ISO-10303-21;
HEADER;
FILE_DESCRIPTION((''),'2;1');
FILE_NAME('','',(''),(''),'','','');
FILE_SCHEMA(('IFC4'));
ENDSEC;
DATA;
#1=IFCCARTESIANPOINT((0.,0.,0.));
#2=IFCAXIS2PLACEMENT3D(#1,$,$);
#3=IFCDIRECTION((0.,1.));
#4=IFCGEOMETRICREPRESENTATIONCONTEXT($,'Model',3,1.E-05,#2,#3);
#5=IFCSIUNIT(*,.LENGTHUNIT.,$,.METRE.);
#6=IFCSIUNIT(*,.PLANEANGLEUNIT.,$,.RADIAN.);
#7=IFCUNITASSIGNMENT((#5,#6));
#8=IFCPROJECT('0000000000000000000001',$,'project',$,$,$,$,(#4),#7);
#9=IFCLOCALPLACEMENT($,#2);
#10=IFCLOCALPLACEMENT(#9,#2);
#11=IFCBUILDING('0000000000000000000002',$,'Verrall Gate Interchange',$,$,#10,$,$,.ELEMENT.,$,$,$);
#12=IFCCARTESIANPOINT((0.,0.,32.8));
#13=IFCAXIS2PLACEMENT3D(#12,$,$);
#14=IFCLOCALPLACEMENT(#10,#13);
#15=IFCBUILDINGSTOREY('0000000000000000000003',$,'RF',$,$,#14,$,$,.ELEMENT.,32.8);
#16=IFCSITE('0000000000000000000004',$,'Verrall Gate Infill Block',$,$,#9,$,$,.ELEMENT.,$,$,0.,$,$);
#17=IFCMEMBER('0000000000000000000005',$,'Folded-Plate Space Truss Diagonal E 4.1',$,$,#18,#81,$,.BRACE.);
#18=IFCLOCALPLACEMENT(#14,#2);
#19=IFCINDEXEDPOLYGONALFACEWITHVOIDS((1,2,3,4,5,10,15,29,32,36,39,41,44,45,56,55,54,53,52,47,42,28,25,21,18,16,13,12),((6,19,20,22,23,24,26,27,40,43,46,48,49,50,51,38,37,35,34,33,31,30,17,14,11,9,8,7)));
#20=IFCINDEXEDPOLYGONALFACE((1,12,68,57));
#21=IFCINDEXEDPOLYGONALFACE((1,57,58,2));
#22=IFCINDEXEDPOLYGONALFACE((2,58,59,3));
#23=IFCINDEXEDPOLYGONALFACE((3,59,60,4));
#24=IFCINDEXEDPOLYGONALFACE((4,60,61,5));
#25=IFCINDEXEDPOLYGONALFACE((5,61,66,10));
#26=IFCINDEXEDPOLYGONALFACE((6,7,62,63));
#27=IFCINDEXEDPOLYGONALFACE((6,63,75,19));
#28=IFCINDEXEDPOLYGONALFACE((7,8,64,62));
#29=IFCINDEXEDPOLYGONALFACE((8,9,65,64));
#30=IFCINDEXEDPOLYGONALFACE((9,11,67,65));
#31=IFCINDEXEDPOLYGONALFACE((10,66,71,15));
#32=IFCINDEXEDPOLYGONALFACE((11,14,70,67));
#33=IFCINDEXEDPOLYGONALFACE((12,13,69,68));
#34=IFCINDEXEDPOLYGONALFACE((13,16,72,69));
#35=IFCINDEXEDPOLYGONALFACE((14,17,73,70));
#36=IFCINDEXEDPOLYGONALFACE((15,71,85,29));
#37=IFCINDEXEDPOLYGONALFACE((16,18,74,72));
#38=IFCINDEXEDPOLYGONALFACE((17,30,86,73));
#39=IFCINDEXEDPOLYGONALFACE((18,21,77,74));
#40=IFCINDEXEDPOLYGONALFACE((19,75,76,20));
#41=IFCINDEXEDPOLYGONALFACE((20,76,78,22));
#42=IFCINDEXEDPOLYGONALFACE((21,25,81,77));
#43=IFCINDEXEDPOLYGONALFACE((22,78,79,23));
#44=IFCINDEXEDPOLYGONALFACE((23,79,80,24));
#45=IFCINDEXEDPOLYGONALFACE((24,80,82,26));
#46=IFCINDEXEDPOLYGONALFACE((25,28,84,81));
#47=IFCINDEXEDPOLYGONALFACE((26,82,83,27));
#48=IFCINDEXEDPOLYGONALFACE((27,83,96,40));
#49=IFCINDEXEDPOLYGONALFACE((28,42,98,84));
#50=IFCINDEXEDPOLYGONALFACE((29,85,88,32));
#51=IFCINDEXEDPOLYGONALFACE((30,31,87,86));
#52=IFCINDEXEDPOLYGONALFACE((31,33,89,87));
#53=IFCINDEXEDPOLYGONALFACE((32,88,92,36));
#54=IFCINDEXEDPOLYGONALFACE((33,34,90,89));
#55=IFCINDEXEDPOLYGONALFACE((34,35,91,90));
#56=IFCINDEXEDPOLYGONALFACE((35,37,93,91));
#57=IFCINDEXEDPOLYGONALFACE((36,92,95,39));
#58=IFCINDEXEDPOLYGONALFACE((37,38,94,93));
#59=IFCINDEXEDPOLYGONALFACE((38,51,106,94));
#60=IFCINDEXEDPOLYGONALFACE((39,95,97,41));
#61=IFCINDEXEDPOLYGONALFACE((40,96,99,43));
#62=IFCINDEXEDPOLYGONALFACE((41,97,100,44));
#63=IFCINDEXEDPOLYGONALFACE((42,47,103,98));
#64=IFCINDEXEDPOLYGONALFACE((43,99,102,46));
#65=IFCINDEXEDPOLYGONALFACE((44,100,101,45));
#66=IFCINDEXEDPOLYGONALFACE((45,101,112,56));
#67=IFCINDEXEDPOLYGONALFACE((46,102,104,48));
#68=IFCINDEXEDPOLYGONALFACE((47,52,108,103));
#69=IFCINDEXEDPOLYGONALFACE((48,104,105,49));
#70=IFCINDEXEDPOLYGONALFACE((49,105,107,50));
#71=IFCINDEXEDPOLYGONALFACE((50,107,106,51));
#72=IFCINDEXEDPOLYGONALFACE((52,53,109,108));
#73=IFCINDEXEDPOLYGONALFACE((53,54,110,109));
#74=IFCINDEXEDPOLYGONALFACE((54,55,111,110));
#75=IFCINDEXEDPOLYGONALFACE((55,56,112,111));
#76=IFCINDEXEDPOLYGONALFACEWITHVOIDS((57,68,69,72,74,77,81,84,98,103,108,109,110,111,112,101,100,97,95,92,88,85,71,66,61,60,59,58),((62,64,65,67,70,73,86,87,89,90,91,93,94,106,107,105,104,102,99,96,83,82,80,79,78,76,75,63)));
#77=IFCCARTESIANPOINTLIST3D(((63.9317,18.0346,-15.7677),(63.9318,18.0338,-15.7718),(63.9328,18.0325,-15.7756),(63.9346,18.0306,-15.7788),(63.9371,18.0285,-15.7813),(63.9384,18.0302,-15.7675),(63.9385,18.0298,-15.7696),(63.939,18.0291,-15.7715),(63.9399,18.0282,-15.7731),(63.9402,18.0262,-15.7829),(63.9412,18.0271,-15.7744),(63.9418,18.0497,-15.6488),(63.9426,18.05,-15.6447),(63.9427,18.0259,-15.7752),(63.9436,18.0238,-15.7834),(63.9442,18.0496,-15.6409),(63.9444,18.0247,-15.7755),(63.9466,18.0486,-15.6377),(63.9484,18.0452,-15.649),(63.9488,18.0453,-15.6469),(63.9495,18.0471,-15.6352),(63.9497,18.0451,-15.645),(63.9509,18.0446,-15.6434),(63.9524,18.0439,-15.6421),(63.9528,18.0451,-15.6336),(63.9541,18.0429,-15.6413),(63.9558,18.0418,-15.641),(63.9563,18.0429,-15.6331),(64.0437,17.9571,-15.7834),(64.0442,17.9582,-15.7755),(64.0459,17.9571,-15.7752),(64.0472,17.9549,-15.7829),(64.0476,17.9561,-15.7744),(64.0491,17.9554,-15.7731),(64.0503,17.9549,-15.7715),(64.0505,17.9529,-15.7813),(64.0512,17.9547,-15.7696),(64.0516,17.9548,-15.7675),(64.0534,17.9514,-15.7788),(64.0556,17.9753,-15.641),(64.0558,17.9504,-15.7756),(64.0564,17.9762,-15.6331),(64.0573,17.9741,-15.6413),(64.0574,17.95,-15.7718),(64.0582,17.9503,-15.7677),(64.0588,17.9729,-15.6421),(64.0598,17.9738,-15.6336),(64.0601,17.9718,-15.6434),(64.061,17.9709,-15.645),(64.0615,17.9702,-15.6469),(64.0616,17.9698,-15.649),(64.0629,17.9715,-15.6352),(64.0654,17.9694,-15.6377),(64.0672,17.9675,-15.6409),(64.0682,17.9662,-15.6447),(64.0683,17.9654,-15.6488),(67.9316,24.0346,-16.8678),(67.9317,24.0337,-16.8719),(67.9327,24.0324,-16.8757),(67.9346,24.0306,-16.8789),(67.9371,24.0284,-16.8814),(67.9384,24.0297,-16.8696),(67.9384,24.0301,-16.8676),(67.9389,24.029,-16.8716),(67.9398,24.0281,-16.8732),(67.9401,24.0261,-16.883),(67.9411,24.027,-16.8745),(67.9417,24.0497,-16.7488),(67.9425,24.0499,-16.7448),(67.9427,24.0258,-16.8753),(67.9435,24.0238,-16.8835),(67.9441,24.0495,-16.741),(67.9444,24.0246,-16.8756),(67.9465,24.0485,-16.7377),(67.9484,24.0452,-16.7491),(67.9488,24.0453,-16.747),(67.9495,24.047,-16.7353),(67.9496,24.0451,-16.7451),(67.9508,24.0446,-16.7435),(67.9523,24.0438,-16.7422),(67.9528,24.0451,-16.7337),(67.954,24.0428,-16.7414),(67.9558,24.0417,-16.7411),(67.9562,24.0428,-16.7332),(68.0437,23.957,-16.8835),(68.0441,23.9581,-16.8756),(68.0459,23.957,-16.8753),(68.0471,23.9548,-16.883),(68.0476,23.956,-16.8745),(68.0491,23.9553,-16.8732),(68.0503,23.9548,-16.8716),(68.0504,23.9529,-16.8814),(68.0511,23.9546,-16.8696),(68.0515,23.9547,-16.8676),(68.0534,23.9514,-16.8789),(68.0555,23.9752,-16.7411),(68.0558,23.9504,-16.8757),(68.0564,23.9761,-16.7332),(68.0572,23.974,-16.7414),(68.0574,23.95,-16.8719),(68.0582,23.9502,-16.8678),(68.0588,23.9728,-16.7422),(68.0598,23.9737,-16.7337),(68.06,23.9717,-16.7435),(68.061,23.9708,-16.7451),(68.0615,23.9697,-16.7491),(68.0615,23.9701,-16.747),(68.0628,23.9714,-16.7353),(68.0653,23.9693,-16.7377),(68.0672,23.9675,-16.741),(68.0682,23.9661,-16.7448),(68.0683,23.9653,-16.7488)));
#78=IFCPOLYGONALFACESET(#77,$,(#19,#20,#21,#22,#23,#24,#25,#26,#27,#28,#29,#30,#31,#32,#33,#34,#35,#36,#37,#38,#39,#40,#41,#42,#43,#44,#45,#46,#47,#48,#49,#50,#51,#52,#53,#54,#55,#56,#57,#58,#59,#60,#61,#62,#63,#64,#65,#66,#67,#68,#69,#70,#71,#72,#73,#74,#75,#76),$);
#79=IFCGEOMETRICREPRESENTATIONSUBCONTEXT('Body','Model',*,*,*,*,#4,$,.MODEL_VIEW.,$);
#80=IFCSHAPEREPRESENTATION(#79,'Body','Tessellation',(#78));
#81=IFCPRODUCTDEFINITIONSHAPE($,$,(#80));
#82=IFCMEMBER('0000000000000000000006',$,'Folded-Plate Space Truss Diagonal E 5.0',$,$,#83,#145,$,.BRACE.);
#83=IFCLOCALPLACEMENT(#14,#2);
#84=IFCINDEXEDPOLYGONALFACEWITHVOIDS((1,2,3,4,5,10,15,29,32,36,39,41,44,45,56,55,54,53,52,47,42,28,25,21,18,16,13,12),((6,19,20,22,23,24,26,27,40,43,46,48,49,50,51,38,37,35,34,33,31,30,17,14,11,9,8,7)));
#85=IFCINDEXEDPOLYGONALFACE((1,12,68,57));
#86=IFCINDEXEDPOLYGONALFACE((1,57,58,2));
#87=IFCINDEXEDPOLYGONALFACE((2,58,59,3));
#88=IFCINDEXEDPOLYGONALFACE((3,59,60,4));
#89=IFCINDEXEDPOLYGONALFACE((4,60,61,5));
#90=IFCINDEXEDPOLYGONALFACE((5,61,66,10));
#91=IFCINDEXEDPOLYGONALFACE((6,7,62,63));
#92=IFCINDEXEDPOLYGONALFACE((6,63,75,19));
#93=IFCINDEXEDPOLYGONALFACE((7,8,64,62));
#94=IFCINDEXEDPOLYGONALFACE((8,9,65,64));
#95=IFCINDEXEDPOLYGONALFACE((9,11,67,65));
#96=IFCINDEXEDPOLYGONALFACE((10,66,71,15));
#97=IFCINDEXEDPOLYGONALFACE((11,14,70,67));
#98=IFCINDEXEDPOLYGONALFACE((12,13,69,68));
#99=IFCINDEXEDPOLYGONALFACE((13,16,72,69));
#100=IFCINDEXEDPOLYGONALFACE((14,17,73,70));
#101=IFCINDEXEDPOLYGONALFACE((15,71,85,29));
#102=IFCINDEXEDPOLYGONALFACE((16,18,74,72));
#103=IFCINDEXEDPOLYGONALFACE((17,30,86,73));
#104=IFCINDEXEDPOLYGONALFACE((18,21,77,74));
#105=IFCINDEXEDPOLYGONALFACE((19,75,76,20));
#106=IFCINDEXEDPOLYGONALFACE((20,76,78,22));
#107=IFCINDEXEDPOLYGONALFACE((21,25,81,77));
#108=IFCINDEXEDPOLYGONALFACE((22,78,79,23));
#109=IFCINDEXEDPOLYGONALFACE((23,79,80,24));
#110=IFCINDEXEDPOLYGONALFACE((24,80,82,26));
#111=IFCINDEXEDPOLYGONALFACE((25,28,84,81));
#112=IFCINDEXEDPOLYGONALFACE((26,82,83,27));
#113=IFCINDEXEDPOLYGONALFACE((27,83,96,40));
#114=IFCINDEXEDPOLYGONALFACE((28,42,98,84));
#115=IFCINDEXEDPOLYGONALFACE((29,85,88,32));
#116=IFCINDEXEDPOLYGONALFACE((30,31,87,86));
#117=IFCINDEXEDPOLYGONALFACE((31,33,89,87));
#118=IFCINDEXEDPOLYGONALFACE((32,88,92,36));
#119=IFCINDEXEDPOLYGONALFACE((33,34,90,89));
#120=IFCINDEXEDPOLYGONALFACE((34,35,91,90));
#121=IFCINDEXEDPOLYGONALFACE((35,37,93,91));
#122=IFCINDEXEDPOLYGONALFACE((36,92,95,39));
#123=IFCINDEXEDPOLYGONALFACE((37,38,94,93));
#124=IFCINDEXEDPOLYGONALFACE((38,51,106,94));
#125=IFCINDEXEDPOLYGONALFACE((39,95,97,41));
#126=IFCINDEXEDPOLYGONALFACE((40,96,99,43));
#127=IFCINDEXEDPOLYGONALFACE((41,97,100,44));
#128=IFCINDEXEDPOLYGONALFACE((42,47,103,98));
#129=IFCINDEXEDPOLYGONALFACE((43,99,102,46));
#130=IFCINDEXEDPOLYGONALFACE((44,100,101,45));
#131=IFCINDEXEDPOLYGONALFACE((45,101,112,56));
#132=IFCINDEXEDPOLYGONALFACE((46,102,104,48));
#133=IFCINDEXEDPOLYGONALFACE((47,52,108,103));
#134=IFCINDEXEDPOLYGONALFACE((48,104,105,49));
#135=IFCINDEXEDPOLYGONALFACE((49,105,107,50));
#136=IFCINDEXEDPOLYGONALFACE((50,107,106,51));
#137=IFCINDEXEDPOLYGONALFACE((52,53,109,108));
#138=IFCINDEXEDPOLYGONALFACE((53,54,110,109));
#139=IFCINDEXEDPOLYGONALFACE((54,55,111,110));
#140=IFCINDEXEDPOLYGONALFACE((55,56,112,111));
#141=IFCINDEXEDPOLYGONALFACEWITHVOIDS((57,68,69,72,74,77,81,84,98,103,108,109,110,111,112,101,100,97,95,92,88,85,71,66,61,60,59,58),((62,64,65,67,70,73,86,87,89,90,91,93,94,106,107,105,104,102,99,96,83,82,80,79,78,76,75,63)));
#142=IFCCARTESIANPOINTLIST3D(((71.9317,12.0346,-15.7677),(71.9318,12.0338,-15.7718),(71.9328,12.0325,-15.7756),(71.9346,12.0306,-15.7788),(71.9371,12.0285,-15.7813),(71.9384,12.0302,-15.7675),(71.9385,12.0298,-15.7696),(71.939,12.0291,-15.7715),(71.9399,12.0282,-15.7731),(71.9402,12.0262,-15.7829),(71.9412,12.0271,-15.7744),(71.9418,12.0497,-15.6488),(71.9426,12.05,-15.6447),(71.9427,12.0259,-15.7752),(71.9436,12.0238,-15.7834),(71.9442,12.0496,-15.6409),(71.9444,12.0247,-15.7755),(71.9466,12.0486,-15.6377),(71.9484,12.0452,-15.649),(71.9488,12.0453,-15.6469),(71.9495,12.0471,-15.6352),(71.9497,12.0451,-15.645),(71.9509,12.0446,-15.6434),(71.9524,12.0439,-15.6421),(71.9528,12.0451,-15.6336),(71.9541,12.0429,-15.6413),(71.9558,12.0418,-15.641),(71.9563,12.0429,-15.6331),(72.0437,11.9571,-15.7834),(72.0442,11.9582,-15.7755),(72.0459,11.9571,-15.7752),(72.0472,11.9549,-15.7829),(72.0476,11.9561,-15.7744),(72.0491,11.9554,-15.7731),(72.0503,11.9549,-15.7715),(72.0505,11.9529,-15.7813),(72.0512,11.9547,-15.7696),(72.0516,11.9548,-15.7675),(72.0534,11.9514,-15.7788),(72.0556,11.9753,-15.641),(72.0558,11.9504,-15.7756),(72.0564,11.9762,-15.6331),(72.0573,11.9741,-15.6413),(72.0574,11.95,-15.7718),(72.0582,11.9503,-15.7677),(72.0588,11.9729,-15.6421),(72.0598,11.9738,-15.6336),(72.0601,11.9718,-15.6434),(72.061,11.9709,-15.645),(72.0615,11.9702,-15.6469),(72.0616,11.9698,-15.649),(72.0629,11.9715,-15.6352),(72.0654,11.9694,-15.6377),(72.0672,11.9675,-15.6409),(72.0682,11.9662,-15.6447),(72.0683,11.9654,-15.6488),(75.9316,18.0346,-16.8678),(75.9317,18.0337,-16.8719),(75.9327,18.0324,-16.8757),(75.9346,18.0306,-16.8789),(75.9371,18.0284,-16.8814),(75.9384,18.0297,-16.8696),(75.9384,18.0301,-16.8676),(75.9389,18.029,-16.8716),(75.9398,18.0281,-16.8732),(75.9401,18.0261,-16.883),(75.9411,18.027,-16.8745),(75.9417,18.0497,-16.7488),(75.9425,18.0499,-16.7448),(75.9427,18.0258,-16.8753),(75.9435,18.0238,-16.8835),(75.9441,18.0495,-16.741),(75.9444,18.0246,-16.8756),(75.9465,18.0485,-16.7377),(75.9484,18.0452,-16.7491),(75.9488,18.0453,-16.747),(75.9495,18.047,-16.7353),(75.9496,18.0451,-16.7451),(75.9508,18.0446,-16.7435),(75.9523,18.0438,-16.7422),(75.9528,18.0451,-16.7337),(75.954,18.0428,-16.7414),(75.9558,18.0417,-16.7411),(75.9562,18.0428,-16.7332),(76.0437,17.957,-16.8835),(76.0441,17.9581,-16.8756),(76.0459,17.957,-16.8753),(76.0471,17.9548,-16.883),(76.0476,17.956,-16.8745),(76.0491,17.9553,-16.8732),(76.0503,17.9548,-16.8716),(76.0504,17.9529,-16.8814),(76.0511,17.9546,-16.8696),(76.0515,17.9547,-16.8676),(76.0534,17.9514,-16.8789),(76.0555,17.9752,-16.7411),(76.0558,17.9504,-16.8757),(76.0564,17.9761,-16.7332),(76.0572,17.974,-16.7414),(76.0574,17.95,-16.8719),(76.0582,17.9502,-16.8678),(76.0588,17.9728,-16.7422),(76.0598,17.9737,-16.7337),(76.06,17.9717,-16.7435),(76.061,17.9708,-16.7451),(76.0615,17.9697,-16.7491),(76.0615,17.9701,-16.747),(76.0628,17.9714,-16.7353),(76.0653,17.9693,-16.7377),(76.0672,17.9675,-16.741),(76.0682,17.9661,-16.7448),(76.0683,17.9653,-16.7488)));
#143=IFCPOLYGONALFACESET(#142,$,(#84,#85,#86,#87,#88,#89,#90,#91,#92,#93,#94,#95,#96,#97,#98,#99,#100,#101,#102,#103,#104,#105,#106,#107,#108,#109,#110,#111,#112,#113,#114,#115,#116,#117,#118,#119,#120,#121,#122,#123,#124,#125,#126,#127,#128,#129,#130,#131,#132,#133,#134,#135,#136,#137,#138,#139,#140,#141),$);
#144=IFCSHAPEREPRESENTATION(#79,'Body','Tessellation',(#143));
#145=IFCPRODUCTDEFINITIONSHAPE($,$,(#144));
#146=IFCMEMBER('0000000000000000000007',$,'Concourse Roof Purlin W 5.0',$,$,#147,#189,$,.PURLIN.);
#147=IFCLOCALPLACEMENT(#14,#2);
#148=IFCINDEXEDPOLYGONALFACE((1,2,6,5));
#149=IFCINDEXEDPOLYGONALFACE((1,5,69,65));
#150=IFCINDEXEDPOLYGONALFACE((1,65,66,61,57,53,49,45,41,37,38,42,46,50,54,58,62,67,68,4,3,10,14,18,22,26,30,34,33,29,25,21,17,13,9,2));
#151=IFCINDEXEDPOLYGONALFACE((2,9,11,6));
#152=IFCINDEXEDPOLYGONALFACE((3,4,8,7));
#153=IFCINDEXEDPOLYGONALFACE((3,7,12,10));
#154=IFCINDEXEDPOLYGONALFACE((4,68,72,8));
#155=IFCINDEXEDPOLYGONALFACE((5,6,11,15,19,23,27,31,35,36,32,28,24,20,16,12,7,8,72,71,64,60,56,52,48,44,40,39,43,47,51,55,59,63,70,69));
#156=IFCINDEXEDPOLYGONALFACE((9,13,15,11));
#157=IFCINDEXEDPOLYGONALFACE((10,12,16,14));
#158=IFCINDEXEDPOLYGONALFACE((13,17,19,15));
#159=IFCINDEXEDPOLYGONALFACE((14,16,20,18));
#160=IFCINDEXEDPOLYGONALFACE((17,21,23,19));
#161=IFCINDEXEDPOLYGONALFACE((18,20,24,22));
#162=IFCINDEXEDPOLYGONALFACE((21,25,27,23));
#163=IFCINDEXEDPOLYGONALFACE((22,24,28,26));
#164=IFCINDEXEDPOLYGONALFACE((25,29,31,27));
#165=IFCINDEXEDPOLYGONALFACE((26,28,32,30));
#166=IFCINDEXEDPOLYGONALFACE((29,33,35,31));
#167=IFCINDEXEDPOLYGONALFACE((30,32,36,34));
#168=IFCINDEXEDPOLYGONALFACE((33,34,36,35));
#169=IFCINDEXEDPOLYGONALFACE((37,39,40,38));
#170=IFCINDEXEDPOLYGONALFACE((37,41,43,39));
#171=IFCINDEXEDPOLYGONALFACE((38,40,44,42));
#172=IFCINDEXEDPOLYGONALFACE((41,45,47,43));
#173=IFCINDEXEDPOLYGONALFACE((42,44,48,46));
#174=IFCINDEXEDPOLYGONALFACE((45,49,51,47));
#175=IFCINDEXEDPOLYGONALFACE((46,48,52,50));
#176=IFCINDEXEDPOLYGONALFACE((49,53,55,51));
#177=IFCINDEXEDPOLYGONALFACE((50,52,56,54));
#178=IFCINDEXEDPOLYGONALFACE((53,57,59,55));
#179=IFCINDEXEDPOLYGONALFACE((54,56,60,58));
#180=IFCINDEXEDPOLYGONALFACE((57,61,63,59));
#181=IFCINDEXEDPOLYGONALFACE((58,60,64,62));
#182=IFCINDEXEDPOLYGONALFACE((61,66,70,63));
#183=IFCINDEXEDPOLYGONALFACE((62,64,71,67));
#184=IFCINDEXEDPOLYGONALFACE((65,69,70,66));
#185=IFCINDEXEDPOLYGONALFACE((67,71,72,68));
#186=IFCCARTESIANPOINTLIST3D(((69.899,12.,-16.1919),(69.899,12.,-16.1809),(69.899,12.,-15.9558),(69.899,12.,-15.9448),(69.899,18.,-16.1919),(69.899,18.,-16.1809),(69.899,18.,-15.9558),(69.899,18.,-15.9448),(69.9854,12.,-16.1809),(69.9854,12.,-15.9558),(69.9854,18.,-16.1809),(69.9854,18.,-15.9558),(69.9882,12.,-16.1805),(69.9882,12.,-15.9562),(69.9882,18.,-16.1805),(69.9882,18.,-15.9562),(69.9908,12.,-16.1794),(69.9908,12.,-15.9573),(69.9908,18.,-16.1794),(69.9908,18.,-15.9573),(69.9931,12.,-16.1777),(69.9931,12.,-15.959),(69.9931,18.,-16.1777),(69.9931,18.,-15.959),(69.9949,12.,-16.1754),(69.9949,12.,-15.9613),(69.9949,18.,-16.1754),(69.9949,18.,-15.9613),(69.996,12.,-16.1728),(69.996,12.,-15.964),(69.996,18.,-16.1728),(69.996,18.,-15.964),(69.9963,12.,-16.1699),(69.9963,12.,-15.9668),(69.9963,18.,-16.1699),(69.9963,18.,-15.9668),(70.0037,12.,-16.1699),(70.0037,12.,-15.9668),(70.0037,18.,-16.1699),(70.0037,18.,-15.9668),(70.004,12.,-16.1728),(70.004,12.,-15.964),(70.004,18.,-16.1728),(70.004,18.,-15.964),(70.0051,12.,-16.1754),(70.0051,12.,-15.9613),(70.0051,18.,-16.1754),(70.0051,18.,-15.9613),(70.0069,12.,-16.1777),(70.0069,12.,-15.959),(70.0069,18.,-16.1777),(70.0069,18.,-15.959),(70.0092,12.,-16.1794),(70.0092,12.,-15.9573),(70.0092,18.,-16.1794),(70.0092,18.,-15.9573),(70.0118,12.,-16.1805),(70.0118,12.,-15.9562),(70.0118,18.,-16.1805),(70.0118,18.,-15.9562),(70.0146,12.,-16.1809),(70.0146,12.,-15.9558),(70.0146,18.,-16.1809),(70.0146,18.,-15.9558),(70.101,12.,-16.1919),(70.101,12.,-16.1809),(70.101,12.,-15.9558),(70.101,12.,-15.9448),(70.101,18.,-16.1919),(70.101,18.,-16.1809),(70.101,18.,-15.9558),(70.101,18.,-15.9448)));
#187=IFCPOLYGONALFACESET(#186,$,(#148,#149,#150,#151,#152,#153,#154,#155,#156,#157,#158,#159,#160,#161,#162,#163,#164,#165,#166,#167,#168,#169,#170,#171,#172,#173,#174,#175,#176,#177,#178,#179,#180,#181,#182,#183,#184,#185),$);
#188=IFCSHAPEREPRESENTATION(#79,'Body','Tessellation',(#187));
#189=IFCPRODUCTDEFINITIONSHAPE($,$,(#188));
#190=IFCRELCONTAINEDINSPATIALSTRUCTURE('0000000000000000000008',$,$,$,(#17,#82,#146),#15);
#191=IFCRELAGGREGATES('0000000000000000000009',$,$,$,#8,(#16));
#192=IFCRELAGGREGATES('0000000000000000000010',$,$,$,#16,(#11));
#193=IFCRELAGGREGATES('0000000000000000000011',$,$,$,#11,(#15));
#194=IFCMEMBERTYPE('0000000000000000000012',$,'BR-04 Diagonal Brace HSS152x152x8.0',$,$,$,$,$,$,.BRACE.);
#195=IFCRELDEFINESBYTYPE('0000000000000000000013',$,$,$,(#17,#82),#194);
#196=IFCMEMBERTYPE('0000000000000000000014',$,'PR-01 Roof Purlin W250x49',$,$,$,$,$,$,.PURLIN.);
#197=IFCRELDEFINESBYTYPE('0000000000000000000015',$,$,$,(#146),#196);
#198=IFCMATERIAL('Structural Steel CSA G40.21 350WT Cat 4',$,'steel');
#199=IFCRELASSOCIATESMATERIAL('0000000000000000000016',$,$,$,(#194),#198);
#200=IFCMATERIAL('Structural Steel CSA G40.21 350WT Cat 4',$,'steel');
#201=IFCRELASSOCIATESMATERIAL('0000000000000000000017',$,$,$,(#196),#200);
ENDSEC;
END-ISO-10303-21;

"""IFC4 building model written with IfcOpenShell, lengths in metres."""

from ifc_helpers import new_model, si_unit, direction, frame, origin, origin_2d, place, context, subcontext, project, spatial, hollow_rectangle, i_section, extrude, material, material_profile, profile_set, type_object, element, save


model = new_model("IFC4")

# Units and contexts
model_context = context("Model", 3, precision=1e-05, world=origin(), true_north=direction((0.0, 1.0)))
body_context = subcontext(model_context, "Body", "Model", "MODEL_VIEW")
ifc_project = project(units=[si_unit("LENGTHUNIT", "METRE"), si_unit("PLANEANGLEUNIT", "RADIAN")], contexts=[model_context])

# Site, building, storey
site_placement = place(None, origin())
site = spatial("IfcSite", under=ifc_project, at=site_placement, Name="Verrall Gate Infill Block", CompositionType="ELEMENT", RefElevation=0.0)
building_placement = place(site_placement, origin())
building = spatial("IfcBuilding", under=site, at=building_placement, Name="Verrall Gate Interchange", CompositionType="ELEMENT")
storey_placement = place(building_placement, frame((0.0, 0.0, 32.8)))
storey = spatial("IfcBuildingStorey", under=building, at=storey_placement, Name="RF", CompositionType="ELEMENT", Elevation=32.8)

# Members
ifc_material_1 = material(Name="Structural Steel CSA G40.21 350WT Cat 4", Category="steel")
ifc_material_profile_1 = material_profile(ifc_material_1, hollow_rectangle(XDim=0.1521, YDim=0.1521, WallThickness=0.0081, InnerFilletRadius=0.0081, OuterFilletRadius=0.0159, at=origin_2d()), Name="HSS152x152x8.0")
ifc_profile_set_1 = profile_set([ifc_material_profile_1], Name="Structural Steel CSA G40.21 350WT Cat 4")
member_type_1 = type_object("IfcMemberType", Name="BR-04 Diagonal Brace HSS152x152x8.0", PredefinedType="BRACE", material=ifc_profile_set_1)
for number, where, z_axis, x_axis, name in (
    (1, (64.0, 18.0, -15.7083), (0.548356, 0.822534, -0.150811), (-0.83205, 0.5547, 0.0), "Folded-Plate Space Truss Diagonal E 4.1"),
    (2, (72.0, 12.0, -15.7083), (0.548356, 0.822534, -0.150811), (-0.83205, 0.5547, 0.0), "Folded-Plate Space Truss Diagonal E 5.0"),
):
    element("IfcMember", number, at=place(storey_placement, frame(where, z_axis=z_axis, x_axis=x_axis)), inside=storey, type_object=member_type_1, Name=name, PredefinedType="BRACE", context=body_context, shape_type="SweptSolid", body=[
        extrude(hollow_rectangle(XDim=0.1521, YDim=0.1521, WallThickness=0.0081, InnerFilletRadius=0.0081, OuterFilletRadius=0.0159, at=origin_2d()), origin(), (0.0, 0.0, 1.0), 7.2944),
    ])
ifc_material_2 = material(Name="Structural Steel CSA G40.21 350WT Cat 4", Category="steel")
ifc_material_profile_2 = material_profile(ifc_material_2, i_section(OverallWidth=0.2019, OverallDepth=0.2471, WebThickness=0.0073, FlangeThickness=0.011, FilletRadius=0.011, at=origin_2d()), Name="W250x49")
ifc_profile_set_2 = profile_set([ifc_material_profile_2], Name="Structural Steel CSA G40.21 350WT Cat 4")
member_type_2 = type_object("IfcMemberType", Name="PR-01 Roof Purlin W250x49", PredefinedType="PURLIN", material=ifc_profile_set_2)
member_1_placement = place(storey_placement, frame((70.0, 12.0, -16.0684), z_axis=(0.0, 1.0, 0.0), x_axis=(-1.0, 0.0, 0.0)))
element("IfcMember", 3, at=member_1_placement, inside=storey, type_object=member_type_2, Name="Concourse Roof Purlin W 5.0", PredefinedType="PURLIN", context=body_context, shape_type="SweptSolid", body=[
    extrude(i_section(OverallWidth=0.2019, OverallDepth=0.2471, WebThickness=0.0073, FlangeThickness=0.011, FilletRadius=0.011, at=origin_2d()), origin(), (0.0, 0.0, 1.0), 6.0),
])

save(model, "model.ifc")
